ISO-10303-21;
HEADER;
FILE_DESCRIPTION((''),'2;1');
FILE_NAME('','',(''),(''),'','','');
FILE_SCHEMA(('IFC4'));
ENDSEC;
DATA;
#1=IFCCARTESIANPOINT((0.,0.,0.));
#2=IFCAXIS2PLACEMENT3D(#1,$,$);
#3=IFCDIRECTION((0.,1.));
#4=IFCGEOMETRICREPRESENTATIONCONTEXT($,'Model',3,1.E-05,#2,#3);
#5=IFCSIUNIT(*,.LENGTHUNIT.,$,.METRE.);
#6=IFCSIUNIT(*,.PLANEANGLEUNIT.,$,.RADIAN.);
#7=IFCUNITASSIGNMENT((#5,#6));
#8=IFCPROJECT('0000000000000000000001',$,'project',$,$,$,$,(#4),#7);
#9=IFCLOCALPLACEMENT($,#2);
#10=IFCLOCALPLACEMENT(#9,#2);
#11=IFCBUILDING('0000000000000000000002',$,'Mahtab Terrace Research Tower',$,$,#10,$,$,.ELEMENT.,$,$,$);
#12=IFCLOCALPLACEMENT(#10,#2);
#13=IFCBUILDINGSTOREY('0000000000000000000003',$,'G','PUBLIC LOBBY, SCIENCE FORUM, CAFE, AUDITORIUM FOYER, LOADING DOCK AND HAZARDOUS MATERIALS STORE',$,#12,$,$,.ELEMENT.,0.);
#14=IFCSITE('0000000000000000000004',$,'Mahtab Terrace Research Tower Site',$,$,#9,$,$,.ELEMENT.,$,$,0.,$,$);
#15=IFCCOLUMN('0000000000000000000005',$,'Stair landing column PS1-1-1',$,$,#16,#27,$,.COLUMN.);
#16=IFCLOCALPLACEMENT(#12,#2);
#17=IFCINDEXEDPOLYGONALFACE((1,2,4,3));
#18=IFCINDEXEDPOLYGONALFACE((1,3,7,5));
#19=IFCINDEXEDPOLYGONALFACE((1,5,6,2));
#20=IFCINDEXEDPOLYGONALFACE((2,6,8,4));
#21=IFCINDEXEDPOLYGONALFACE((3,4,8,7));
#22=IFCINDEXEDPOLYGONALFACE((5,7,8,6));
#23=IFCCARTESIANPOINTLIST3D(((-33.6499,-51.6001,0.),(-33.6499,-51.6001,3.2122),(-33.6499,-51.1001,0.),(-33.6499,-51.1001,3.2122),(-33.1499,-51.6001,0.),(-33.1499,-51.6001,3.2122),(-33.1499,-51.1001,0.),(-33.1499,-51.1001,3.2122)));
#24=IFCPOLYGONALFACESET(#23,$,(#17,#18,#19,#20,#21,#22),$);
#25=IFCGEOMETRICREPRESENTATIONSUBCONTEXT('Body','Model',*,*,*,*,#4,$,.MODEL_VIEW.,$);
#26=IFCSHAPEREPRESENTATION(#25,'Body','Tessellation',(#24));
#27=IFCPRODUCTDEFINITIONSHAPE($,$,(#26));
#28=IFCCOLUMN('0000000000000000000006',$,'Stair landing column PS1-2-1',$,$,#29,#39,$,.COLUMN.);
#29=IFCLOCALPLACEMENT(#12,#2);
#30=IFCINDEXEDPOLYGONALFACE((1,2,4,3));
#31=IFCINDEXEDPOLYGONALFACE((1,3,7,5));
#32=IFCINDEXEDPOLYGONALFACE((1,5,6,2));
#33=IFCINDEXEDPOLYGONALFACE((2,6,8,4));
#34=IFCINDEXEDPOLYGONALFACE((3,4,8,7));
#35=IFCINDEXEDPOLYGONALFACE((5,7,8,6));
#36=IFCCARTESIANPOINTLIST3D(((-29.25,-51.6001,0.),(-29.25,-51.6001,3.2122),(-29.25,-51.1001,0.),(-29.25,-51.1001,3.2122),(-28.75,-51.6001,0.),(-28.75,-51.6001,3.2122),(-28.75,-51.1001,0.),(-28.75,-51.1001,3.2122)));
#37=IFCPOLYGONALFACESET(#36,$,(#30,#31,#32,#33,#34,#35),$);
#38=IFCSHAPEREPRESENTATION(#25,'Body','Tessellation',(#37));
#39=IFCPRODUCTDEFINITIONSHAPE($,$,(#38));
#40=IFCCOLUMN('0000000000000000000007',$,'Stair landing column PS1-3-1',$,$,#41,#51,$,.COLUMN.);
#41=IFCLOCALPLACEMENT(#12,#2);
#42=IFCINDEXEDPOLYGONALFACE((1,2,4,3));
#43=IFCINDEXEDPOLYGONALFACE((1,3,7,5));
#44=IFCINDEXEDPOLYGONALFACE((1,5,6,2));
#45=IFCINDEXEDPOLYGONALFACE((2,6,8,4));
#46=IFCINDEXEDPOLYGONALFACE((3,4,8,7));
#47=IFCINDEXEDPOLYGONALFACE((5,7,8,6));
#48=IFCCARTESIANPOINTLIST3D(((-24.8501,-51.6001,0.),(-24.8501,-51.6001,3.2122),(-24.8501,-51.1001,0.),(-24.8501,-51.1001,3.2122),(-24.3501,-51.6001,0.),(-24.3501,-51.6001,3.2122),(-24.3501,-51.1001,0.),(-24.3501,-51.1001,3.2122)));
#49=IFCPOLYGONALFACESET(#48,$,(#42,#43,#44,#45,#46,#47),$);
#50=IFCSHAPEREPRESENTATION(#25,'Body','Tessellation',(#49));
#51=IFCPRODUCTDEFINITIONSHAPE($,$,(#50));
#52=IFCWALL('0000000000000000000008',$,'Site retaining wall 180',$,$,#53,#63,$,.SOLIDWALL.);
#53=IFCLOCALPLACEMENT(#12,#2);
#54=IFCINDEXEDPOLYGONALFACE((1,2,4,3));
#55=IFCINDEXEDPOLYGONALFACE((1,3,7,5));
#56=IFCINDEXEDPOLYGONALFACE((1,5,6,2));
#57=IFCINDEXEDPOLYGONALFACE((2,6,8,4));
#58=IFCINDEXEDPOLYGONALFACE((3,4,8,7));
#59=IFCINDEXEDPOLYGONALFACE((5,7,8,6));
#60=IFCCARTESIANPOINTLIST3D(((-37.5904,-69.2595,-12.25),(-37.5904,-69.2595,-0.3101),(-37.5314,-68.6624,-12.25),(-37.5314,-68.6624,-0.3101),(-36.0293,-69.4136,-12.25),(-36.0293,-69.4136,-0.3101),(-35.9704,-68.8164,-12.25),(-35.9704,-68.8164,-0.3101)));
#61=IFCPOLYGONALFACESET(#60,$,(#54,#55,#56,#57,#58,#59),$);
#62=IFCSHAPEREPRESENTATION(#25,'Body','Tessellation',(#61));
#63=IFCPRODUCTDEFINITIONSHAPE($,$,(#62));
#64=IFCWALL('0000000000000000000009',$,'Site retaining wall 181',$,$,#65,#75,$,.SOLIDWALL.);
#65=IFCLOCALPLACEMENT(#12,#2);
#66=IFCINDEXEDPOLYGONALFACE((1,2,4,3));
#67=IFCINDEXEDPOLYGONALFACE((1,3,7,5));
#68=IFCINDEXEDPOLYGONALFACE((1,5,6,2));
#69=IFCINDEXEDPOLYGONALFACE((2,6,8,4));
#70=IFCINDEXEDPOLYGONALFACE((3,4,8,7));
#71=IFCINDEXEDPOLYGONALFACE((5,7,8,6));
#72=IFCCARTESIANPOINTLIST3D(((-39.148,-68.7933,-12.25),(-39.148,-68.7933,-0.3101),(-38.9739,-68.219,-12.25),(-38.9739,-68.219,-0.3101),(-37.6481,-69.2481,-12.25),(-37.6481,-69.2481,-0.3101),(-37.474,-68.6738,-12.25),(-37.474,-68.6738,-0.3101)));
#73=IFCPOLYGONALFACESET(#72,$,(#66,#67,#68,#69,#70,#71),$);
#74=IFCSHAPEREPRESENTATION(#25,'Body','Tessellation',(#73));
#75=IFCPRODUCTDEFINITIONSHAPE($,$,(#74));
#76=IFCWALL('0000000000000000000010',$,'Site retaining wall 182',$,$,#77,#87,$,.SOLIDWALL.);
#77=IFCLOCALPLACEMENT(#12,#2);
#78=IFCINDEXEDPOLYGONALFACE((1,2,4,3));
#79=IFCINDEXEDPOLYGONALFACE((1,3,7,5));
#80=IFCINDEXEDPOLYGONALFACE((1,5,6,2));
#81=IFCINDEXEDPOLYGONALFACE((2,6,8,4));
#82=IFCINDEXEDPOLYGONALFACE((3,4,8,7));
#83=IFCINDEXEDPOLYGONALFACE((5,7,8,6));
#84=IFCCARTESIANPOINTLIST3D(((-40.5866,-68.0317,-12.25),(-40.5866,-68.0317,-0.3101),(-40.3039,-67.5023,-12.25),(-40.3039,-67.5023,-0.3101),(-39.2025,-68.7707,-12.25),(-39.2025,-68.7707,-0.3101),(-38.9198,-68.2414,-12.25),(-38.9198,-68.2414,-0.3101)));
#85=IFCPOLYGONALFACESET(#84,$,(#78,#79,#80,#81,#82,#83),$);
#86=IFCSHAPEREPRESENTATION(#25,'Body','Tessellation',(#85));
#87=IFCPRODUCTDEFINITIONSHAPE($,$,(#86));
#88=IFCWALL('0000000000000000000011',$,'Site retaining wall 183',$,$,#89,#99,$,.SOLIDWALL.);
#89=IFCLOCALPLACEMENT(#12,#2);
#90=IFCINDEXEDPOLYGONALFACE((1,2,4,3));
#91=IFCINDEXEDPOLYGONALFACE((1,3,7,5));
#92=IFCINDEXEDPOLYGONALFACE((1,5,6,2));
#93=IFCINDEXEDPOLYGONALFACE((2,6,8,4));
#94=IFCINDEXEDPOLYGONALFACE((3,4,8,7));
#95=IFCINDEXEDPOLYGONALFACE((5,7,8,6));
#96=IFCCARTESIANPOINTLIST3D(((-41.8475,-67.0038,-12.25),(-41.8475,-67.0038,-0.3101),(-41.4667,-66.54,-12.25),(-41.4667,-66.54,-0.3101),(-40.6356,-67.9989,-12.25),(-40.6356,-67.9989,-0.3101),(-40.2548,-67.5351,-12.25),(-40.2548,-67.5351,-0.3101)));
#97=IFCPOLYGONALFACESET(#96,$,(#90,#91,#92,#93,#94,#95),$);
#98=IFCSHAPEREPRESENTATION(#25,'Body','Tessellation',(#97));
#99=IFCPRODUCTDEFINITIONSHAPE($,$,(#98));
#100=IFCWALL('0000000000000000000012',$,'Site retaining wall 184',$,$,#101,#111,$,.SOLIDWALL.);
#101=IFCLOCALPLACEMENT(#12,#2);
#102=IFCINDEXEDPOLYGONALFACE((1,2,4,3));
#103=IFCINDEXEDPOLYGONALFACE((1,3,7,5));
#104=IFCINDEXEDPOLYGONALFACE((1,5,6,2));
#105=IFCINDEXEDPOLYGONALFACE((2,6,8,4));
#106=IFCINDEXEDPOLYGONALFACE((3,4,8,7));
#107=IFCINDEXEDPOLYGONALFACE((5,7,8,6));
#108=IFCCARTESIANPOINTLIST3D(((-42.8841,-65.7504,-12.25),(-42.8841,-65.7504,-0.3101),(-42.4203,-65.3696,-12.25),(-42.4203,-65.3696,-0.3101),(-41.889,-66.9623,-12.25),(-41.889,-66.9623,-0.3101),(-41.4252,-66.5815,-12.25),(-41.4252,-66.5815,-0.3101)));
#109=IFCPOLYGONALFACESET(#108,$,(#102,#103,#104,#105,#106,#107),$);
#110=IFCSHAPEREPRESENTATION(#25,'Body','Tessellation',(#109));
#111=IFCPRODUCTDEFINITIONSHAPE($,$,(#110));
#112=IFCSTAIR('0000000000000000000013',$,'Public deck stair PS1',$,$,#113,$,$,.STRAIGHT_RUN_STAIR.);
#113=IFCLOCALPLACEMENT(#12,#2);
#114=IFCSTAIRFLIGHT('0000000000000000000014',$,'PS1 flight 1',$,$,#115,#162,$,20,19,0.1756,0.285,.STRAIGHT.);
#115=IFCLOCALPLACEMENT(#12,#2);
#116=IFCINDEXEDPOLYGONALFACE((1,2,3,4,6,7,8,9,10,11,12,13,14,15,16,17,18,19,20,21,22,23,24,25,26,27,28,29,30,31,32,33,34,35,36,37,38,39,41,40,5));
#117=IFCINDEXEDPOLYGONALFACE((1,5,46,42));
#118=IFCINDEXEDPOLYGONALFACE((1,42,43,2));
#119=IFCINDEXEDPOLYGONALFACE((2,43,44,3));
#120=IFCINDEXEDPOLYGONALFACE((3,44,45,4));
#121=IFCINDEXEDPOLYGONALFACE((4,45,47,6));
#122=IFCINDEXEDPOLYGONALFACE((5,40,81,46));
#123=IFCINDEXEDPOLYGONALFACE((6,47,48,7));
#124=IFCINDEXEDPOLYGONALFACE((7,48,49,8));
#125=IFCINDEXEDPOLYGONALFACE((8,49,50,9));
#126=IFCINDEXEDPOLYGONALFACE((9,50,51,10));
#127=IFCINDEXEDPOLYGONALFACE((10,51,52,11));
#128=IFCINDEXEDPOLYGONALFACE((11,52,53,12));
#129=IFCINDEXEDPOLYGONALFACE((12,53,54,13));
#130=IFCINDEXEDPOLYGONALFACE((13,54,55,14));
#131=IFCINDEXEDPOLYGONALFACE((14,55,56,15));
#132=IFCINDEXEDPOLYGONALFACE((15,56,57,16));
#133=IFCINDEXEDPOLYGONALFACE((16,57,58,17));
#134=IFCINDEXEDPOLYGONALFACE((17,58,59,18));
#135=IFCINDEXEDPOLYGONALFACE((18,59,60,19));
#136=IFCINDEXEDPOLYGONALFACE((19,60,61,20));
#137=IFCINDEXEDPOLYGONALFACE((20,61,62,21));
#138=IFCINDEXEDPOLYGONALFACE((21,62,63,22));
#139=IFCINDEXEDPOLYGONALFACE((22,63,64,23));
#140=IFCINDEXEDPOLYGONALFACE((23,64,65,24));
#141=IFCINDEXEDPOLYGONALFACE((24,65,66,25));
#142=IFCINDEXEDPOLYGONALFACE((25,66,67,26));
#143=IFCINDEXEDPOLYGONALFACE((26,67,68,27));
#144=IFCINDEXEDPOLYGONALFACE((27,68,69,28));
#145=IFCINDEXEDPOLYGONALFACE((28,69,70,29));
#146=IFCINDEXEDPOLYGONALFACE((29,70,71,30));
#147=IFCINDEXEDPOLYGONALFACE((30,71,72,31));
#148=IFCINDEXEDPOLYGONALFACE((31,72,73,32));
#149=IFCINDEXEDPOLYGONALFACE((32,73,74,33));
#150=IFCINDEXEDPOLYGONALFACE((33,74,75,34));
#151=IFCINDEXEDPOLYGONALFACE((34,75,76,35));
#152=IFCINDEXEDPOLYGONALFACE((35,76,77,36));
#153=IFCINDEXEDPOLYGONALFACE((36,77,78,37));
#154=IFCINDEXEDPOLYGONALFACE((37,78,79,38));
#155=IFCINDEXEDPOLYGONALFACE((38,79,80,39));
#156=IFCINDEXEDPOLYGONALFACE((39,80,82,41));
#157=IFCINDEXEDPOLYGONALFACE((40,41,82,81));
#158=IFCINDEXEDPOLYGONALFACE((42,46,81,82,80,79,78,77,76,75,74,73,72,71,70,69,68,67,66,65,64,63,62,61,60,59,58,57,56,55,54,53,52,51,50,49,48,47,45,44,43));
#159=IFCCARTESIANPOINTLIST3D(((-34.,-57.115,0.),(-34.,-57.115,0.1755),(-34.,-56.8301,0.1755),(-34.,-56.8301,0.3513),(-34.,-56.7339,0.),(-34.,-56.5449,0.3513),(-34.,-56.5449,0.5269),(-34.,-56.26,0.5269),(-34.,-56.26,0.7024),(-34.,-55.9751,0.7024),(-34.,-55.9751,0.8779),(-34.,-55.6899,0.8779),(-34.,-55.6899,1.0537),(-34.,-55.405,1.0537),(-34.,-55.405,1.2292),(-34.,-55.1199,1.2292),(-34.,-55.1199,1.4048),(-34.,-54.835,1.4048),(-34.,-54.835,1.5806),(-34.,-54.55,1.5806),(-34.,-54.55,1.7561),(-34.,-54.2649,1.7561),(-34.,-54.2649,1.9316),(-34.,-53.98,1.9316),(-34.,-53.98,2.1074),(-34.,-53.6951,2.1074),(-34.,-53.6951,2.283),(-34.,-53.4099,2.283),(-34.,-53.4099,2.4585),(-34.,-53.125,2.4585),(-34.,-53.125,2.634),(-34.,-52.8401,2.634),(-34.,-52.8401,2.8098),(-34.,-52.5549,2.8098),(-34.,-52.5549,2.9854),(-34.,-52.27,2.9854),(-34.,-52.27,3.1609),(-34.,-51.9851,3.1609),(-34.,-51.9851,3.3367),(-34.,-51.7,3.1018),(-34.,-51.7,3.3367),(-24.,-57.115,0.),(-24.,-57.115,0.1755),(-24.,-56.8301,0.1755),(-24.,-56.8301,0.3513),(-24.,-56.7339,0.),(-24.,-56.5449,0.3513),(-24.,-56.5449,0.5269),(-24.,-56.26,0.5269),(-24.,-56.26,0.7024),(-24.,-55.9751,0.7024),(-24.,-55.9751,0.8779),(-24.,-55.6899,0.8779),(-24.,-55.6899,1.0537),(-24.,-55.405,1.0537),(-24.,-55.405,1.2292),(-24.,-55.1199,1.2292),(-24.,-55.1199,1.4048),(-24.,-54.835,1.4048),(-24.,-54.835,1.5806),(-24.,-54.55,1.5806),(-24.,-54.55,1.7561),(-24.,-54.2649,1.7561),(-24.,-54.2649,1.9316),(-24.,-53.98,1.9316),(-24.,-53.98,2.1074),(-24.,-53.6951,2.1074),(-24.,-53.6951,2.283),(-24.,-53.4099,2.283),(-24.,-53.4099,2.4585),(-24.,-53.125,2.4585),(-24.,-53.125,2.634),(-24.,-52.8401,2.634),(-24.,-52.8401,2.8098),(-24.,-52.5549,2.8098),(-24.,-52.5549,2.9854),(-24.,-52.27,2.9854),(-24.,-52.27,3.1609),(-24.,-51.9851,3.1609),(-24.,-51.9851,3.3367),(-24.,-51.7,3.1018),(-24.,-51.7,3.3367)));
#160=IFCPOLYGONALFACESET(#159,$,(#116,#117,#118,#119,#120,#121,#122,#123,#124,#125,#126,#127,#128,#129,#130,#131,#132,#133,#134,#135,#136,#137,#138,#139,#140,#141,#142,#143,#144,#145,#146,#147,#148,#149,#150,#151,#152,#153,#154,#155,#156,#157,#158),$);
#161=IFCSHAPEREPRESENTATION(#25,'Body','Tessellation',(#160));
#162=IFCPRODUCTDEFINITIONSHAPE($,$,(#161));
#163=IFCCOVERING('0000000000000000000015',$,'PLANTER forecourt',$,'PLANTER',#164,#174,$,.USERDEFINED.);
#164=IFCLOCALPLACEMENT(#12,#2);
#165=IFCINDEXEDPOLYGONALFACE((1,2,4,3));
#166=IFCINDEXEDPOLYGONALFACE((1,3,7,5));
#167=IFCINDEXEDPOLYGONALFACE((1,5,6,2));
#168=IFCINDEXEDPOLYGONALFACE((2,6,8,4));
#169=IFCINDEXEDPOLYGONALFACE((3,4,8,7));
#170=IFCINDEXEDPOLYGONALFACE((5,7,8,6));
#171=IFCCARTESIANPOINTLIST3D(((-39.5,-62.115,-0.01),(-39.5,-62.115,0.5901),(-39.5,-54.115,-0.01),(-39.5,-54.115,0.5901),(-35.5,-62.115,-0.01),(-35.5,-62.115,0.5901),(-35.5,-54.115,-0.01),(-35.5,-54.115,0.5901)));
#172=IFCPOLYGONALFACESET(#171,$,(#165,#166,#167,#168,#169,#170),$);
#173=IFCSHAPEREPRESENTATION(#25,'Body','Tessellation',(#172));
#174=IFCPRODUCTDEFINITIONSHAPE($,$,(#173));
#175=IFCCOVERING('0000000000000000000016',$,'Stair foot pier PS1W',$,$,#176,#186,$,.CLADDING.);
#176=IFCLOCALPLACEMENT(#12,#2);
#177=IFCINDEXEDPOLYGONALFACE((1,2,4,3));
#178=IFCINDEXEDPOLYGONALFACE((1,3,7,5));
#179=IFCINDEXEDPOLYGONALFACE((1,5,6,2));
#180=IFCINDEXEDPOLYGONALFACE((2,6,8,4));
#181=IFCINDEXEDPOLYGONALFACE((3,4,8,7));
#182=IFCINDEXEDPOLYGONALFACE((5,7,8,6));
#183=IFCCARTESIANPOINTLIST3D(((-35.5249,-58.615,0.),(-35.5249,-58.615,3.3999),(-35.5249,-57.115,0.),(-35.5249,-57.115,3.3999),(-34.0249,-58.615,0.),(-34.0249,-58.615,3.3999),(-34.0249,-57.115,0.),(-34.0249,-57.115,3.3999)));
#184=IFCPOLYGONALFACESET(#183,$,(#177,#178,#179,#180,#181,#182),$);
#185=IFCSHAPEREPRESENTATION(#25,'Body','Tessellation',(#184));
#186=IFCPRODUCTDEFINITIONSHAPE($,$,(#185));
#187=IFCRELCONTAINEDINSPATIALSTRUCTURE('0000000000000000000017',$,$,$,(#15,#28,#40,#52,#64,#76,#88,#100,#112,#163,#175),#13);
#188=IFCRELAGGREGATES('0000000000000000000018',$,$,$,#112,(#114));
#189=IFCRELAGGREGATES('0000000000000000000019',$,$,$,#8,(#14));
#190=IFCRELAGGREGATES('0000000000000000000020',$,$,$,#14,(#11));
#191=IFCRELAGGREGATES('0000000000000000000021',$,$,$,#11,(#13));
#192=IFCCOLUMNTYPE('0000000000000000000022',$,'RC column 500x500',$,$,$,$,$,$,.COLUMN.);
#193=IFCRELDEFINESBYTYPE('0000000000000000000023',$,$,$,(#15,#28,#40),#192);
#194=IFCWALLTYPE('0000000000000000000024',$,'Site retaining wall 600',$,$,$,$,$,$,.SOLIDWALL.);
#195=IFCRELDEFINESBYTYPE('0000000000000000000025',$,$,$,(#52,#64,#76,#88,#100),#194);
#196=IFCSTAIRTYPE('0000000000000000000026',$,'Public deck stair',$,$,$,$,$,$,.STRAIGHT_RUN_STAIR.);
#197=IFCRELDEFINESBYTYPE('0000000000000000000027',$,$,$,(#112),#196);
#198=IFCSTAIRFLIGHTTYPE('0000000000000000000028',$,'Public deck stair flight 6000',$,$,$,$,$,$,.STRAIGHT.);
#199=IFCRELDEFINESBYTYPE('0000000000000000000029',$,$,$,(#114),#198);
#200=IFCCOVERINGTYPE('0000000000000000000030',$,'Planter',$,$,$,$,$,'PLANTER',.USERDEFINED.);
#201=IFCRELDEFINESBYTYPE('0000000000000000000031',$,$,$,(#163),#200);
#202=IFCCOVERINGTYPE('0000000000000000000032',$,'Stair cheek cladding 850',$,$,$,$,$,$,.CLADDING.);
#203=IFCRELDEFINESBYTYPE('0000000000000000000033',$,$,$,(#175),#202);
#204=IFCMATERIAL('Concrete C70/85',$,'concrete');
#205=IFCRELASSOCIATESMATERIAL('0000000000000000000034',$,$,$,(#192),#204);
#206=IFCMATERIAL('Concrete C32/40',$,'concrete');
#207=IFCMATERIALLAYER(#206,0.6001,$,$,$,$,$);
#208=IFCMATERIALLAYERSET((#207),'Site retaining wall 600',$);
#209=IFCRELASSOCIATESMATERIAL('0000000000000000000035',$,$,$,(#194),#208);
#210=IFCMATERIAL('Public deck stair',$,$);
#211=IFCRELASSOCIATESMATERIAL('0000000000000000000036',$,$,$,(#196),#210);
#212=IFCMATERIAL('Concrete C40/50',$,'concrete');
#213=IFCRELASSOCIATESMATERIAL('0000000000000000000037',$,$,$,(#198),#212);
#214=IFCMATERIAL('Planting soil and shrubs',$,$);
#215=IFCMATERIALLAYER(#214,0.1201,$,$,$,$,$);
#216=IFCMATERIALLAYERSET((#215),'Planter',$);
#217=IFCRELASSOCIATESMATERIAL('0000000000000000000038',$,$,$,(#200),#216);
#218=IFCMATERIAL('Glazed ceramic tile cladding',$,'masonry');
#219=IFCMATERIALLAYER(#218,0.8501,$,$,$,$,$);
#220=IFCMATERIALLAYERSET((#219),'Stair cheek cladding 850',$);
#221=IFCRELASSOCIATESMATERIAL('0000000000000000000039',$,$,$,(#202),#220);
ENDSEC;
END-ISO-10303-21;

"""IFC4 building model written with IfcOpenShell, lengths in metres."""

from ifc_helpers import new_model, si_unit, direction, frame, frame_2d, origin, origin_2d, place, context, subcontext, project, spatial, polyline, rectangle, outline, extrude, material, layer, layer_set, material_profile, profile_set, type_object, element, aggregate, save


model = new_model("IFC4")

# Units and contexts
model_context = context("Model", 3, precision=1e-05, world=origin(), true_north=direction((0.0, 1.0)))
body_context = subcontext(model_context, "Body", "Model", "MODEL_VIEW")
ifc_project = project(units=[si_unit("LENGTHUNIT", "METRE"), si_unit("PLANEANGLEUNIT", "RADIAN")], contexts=[model_context])

# Site, building, storey
site_placement = place(None, origin())
site = spatial("IfcSite", under=ifc_project, at=site_placement, Name="Mahtab Terrace Research Tower Site", CompositionType="ELEMENT", RefElevation=0.0)
building_placement = place(site_placement, origin())
building = spatial("IfcBuilding", under=site, at=building_placement, Name="Mahtab Terrace Research Tower", CompositionType="ELEMENT")
storey_placement = place(building_placement, origin())
storey = spatial("IfcBuildingStorey", under=building, at=storey_placement, Name="G", Description="PUBLIC LOBBY, SCIENCE FORUM, CAFE, AUDITORIUM FOYER, LOADING DOCK AND HAZARDOUS MATERIALS STORE", CompositionType="ELEMENT", Elevation=0.0)

# Columns
ifc_material_1 = material(Name="Concrete C70/85", Category="concrete")
ifc_material_profile = material_profile(ifc_material_1, rectangle(XDim=0.5, YDim=0.5, at=origin_2d()), Name="RC column 500x500")
ifc_profile_set = profile_set([ifc_material_profile], Name="Concrete C70/85")
column_type = type_object("IfcColumnType", Name="RC column 500x500", PredefinedType="COLUMN", material=ifc_profile_set)
for number, where, z_axis, x_axis, name in (
    (1, (-33.3999, -51.3501, 0.0), (0.0, 0.0, 1.0), (1.0, 0.0, 0.0), "Stair landing column PS1-1-1"),
    (2, (-29.0, -51.3501, 0.0), (0.0, 0.0, 1.0), (1.0, 0.0, 0.0), "Stair landing column PS1-2-1"),
    (3, (-24.6001, -51.3501, 0.0), (0.0, 0.0, 1.0), (1.0, 0.0, 0.0), "Stair landing column PS1-3-1"),
):
    element("IfcColumn", number, at=place(storey_placement, frame(where, z_axis=z_axis, x_axis=x_axis)), inside=storey, type_object=column_type, Name=name, PredefinedType="COLUMN", context=body_context, shape_type="SweptSolid", body=[
        extrude(rectangle(XDim=0.5, YDim=0.5, at=origin_2d()), origin(), (0.0, 0.0, 1.0), 3.2122),
    ])

# Walls
ifc_material_2 = material(Name="Concrete C32/40", Category="concrete")
ifc_layer_1 = layer(ifc_material_2, 0.6001)
ifc_layer_set_1 = layer_set([ifc_layer_1], Name="Site retaining wall 600")
wall_type = type_object("IfcWallType", Name="Site retaining wall 600", PredefinedType="SOLIDWALL", material=ifc_layer_set_1)
wall_1_placement = place(storey_placement, frame((-36.0, -69.115, -12.25), z_axis=(0.0, 0.0, 1.0), x_axis=(-0.995166, 0.098209, 0.0)))
element("IfcWall", 4, at=wall_1_placement, inside=storey, type_object=wall_type, Name="Site retaining wall 180", PredefinedType="SOLIDWALL", context=body_context, shape_type="SweptSolid", body=[
    extrude(rectangle(XDim=1.5686, YDim=0.6001, at=frame_2d((0.7842, 0.0))), origin(), (0.0, 0.0, 1.0), 11.9399),
])
wall_2_placement = place(storey_placement, frame((-37.561, -68.9609, -12.25), z_axis=(0.0, 0.0, 1.0), x_axis=(-0.956973, 0.290176, 0.0)))
element("IfcWall", 5, at=wall_2_placement, inside=storey, type_object=wall_type, Name="Site retaining wall 181", PredefinedType="SOLIDWALL", context=body_context, shape_type="SweptSolid", body=[
    extrude(rectangle(XDim=1.5674, YDim=0.6001, at=frame_2d((0.7837, 0.0))), origin(), (0.0, 0.0, 1.0), 11.9399),
])
wall_3_placement = place(storey_placement, frame((-39.061, -68.5061, -12.25), z_axis=(0.0, 0.0, 1.0), x_axis=(-0.882125, 0.471016, 0.0)))
element("IfcWall", 6, at=wall_3_placement, inside=storey, type_object=wall_type, Name="Site retaining wall 182", PredefinedType="SOLIDWALL", context=body_context, shape_type="SweptSolid", body=[
    extrude(rectangle(XDim=1.5691, YDim=0.6001, at=frame_2d((0.7847, 0.0))), origin(), (0.0, 0.0, 1.0), 11.9399),
])
for number, where, z_axis, x_axis, name in (
    (7, (-40.4451, -67.7671, -12.25), (0.0, 0.0, 1.0), (-0.772846, 0.634593, 0.0), "Site retaining wall 183"),
    (8, (-41.657, -66.772, -12.25), (0.0, 0.0, 1.0), (-0.634593, 0.772846, 0.0), "Site retaining wall 184"),
):
    element("IfcWall", number, at=place(storey_placement, frame(where, z_axis=z_axis, x_axis=x_axis)), inside=storey, type_object=wall_type, Name=name, PredefinedType="SOLIDWALL", context=body_context, shape_type="SweptSolid", body=[
        extrude(rectangle(XDim=1.5681, YDim=0.6001, at=frame_2d((0.7842, 0.0))), origin(), (0.0, 0.0, 1.0), 11.9399),
    ])

# Stair, stair flight
ifc_material_3 = material(Name="Public deck stair")
stair_type = type_object("IfcStairType", Name="Public deck stair", PredefinedType="STRAIGHT_RUN_STAIR", material=ifc_material_3)
stair_placement = place(storey_placement, origin())
stair = element("IfcStair", 9, at=stair_placement, inside=storey, type_object=stair_type, Name="Public deck stair PS1", PredefinedType="STRAIGHT_RUN_STAIR")
ifc_material_4 = material(Name="Concrete C40/50", Category="concrete")
stair_flight_type = type_object("IfcStairFlightType", Name="Public deck stair flight 6000", PredefinedType="STRAIGHT", material=ifc_material_4)
stair_flight_placement = place(storey_placement, frame((-29.0, -57.115, 0.0), z_axis=(0.0, 0.0, 1.0), x_axis=(0.0, 1.0, 0.0)))
stair_flight = element("IfcStairFlight", 10, at=stair_flight_placement, type_object=stair_flight_type, Name="PS1 flight 1", NumberOfRisers=20, NumberOfTreads=19, PredefinedType="STRAIGHT", RiserHeight=0.1756, TreadLength=0.285, context=body_context, shape_type="SweptSolid", body=[
    extrude(outline(polyline([(0.0, 0.0), (0.0, 0.1755), (0.2849, 0.1755), (0.2849, 0.3513), (0.5701, 0.3513), (0.5701, 0.5269), (0.855, 0.5269), (0.855, 0.7024), (1.1399, 0.7024), (1.1399, 0.8779), (1.425, 0.8779), (1.425, 1.0537), (1.71, 1.0537), (1.71, 1.2292), (1.9951, 1.2292), (1.9951, 1.4048), (2.28, 1.4048), (2.28, 1.5806), (2.5649, 1.5806), (2.5649, 1.7561), (2.8501, 1.7561), (2.8501, 1.9316), (3.135, 1.9316), (3.135, 2.1074), (3.4199, 2.1074), (3.4199, 2.283), (3.7051, 2.283), (3.7051, 2.4585), (3.99, 2.4585), (3.99, 2.634), (4.2749, 2.634), (4.2749, 2.8098), (4.5601, 2.8098), (4.5601, 2.9854), (4.845, 2.9854), (4.845, 3.1609), (5.1299, 3.1609), (5.1299, 3.3367), (5.415, 3.3367), (5.415, 3.5122), (5.415, 3.1018), (0.3811, 0.0), (0.0, 0.0)])), frame((0.0, 5.0, 0.0), z_axis=(0.0, -1.0, 0.0), x_axis=(1.0, 0.0, 0.0)), (0.0, 0.0, 1.0), 10.0),
])

# Coverings
ifc_material_5 = material(Name="Planting soil and shrubs")
ifc_layer_2 = layer(ifc_material_5, 0.1201)
ifc_layer_set_2 = layer_set([ifc_layer_2], Name="Planter")
covering_type_1 = type_object("IfcCoveringType", Name="Planter", ElementType="PLANTER", PredefinedType="USERDEFINED", material=ifc_layer_set_2)
covering_1_placement = place(storey_placement, frame((-37.5, -58.115, -0.01), z_axis=(0.0, 0.0, 1.0), x_axis=(1.0, 0.0, 0.0)))
element("IfcCovering", 11, at=covering_1_placement, inside=storey, type_object=covering_type_1, Name="PLANTER forecourt", ObjectType="PLANTER", PredefinedType="USERDEFINED", context=body_context, shape_type="SweptSolid", body=[
    extrude(rectangle(XDim=4.0, YDim=8.0, at=origin_2d()), origin(), (0.0, 0.0, 1.0), 0.6001),
])
ifc_material_6 = material(Name="Glazed ceramic tile cladding", Category="masonry")
ifc_layer_3 = layer(ifc_material_6, 0.8501)
ifc_layer_set_3 = layer_set([ifc_layer_3], Name="Stair cheek cladding 850")
covering_type_2 = type_object("IfcCoveringType", Name="Stair cheek cladding 850", PredefinedType="CLADDING", material=ifc_layer_set_3)
covering_2_placement = place(storey_placement, frame((-34.7749, -57.865, 0.0), z_axis=(0.0, 0.0, 1.0), x_axis=(1.0, 0.0, 0.0)))
element("IfcCovering", 12, at=covering_2_placement, inside=storey, type_object=covering_type_2, Name="Stair foot pier PS1W", PredefinedType="CLADDING", context=body_context, shape_type="SweptSolid", body=[
    extrude(rectangle(XDim=1.5, YDim=1.5, at=origin_2d()), origin(), (0.0, 0.0, 1.0), 3.3999),
])

aggregate(stair, [stair_flight])

save(model, "model.ifc")
